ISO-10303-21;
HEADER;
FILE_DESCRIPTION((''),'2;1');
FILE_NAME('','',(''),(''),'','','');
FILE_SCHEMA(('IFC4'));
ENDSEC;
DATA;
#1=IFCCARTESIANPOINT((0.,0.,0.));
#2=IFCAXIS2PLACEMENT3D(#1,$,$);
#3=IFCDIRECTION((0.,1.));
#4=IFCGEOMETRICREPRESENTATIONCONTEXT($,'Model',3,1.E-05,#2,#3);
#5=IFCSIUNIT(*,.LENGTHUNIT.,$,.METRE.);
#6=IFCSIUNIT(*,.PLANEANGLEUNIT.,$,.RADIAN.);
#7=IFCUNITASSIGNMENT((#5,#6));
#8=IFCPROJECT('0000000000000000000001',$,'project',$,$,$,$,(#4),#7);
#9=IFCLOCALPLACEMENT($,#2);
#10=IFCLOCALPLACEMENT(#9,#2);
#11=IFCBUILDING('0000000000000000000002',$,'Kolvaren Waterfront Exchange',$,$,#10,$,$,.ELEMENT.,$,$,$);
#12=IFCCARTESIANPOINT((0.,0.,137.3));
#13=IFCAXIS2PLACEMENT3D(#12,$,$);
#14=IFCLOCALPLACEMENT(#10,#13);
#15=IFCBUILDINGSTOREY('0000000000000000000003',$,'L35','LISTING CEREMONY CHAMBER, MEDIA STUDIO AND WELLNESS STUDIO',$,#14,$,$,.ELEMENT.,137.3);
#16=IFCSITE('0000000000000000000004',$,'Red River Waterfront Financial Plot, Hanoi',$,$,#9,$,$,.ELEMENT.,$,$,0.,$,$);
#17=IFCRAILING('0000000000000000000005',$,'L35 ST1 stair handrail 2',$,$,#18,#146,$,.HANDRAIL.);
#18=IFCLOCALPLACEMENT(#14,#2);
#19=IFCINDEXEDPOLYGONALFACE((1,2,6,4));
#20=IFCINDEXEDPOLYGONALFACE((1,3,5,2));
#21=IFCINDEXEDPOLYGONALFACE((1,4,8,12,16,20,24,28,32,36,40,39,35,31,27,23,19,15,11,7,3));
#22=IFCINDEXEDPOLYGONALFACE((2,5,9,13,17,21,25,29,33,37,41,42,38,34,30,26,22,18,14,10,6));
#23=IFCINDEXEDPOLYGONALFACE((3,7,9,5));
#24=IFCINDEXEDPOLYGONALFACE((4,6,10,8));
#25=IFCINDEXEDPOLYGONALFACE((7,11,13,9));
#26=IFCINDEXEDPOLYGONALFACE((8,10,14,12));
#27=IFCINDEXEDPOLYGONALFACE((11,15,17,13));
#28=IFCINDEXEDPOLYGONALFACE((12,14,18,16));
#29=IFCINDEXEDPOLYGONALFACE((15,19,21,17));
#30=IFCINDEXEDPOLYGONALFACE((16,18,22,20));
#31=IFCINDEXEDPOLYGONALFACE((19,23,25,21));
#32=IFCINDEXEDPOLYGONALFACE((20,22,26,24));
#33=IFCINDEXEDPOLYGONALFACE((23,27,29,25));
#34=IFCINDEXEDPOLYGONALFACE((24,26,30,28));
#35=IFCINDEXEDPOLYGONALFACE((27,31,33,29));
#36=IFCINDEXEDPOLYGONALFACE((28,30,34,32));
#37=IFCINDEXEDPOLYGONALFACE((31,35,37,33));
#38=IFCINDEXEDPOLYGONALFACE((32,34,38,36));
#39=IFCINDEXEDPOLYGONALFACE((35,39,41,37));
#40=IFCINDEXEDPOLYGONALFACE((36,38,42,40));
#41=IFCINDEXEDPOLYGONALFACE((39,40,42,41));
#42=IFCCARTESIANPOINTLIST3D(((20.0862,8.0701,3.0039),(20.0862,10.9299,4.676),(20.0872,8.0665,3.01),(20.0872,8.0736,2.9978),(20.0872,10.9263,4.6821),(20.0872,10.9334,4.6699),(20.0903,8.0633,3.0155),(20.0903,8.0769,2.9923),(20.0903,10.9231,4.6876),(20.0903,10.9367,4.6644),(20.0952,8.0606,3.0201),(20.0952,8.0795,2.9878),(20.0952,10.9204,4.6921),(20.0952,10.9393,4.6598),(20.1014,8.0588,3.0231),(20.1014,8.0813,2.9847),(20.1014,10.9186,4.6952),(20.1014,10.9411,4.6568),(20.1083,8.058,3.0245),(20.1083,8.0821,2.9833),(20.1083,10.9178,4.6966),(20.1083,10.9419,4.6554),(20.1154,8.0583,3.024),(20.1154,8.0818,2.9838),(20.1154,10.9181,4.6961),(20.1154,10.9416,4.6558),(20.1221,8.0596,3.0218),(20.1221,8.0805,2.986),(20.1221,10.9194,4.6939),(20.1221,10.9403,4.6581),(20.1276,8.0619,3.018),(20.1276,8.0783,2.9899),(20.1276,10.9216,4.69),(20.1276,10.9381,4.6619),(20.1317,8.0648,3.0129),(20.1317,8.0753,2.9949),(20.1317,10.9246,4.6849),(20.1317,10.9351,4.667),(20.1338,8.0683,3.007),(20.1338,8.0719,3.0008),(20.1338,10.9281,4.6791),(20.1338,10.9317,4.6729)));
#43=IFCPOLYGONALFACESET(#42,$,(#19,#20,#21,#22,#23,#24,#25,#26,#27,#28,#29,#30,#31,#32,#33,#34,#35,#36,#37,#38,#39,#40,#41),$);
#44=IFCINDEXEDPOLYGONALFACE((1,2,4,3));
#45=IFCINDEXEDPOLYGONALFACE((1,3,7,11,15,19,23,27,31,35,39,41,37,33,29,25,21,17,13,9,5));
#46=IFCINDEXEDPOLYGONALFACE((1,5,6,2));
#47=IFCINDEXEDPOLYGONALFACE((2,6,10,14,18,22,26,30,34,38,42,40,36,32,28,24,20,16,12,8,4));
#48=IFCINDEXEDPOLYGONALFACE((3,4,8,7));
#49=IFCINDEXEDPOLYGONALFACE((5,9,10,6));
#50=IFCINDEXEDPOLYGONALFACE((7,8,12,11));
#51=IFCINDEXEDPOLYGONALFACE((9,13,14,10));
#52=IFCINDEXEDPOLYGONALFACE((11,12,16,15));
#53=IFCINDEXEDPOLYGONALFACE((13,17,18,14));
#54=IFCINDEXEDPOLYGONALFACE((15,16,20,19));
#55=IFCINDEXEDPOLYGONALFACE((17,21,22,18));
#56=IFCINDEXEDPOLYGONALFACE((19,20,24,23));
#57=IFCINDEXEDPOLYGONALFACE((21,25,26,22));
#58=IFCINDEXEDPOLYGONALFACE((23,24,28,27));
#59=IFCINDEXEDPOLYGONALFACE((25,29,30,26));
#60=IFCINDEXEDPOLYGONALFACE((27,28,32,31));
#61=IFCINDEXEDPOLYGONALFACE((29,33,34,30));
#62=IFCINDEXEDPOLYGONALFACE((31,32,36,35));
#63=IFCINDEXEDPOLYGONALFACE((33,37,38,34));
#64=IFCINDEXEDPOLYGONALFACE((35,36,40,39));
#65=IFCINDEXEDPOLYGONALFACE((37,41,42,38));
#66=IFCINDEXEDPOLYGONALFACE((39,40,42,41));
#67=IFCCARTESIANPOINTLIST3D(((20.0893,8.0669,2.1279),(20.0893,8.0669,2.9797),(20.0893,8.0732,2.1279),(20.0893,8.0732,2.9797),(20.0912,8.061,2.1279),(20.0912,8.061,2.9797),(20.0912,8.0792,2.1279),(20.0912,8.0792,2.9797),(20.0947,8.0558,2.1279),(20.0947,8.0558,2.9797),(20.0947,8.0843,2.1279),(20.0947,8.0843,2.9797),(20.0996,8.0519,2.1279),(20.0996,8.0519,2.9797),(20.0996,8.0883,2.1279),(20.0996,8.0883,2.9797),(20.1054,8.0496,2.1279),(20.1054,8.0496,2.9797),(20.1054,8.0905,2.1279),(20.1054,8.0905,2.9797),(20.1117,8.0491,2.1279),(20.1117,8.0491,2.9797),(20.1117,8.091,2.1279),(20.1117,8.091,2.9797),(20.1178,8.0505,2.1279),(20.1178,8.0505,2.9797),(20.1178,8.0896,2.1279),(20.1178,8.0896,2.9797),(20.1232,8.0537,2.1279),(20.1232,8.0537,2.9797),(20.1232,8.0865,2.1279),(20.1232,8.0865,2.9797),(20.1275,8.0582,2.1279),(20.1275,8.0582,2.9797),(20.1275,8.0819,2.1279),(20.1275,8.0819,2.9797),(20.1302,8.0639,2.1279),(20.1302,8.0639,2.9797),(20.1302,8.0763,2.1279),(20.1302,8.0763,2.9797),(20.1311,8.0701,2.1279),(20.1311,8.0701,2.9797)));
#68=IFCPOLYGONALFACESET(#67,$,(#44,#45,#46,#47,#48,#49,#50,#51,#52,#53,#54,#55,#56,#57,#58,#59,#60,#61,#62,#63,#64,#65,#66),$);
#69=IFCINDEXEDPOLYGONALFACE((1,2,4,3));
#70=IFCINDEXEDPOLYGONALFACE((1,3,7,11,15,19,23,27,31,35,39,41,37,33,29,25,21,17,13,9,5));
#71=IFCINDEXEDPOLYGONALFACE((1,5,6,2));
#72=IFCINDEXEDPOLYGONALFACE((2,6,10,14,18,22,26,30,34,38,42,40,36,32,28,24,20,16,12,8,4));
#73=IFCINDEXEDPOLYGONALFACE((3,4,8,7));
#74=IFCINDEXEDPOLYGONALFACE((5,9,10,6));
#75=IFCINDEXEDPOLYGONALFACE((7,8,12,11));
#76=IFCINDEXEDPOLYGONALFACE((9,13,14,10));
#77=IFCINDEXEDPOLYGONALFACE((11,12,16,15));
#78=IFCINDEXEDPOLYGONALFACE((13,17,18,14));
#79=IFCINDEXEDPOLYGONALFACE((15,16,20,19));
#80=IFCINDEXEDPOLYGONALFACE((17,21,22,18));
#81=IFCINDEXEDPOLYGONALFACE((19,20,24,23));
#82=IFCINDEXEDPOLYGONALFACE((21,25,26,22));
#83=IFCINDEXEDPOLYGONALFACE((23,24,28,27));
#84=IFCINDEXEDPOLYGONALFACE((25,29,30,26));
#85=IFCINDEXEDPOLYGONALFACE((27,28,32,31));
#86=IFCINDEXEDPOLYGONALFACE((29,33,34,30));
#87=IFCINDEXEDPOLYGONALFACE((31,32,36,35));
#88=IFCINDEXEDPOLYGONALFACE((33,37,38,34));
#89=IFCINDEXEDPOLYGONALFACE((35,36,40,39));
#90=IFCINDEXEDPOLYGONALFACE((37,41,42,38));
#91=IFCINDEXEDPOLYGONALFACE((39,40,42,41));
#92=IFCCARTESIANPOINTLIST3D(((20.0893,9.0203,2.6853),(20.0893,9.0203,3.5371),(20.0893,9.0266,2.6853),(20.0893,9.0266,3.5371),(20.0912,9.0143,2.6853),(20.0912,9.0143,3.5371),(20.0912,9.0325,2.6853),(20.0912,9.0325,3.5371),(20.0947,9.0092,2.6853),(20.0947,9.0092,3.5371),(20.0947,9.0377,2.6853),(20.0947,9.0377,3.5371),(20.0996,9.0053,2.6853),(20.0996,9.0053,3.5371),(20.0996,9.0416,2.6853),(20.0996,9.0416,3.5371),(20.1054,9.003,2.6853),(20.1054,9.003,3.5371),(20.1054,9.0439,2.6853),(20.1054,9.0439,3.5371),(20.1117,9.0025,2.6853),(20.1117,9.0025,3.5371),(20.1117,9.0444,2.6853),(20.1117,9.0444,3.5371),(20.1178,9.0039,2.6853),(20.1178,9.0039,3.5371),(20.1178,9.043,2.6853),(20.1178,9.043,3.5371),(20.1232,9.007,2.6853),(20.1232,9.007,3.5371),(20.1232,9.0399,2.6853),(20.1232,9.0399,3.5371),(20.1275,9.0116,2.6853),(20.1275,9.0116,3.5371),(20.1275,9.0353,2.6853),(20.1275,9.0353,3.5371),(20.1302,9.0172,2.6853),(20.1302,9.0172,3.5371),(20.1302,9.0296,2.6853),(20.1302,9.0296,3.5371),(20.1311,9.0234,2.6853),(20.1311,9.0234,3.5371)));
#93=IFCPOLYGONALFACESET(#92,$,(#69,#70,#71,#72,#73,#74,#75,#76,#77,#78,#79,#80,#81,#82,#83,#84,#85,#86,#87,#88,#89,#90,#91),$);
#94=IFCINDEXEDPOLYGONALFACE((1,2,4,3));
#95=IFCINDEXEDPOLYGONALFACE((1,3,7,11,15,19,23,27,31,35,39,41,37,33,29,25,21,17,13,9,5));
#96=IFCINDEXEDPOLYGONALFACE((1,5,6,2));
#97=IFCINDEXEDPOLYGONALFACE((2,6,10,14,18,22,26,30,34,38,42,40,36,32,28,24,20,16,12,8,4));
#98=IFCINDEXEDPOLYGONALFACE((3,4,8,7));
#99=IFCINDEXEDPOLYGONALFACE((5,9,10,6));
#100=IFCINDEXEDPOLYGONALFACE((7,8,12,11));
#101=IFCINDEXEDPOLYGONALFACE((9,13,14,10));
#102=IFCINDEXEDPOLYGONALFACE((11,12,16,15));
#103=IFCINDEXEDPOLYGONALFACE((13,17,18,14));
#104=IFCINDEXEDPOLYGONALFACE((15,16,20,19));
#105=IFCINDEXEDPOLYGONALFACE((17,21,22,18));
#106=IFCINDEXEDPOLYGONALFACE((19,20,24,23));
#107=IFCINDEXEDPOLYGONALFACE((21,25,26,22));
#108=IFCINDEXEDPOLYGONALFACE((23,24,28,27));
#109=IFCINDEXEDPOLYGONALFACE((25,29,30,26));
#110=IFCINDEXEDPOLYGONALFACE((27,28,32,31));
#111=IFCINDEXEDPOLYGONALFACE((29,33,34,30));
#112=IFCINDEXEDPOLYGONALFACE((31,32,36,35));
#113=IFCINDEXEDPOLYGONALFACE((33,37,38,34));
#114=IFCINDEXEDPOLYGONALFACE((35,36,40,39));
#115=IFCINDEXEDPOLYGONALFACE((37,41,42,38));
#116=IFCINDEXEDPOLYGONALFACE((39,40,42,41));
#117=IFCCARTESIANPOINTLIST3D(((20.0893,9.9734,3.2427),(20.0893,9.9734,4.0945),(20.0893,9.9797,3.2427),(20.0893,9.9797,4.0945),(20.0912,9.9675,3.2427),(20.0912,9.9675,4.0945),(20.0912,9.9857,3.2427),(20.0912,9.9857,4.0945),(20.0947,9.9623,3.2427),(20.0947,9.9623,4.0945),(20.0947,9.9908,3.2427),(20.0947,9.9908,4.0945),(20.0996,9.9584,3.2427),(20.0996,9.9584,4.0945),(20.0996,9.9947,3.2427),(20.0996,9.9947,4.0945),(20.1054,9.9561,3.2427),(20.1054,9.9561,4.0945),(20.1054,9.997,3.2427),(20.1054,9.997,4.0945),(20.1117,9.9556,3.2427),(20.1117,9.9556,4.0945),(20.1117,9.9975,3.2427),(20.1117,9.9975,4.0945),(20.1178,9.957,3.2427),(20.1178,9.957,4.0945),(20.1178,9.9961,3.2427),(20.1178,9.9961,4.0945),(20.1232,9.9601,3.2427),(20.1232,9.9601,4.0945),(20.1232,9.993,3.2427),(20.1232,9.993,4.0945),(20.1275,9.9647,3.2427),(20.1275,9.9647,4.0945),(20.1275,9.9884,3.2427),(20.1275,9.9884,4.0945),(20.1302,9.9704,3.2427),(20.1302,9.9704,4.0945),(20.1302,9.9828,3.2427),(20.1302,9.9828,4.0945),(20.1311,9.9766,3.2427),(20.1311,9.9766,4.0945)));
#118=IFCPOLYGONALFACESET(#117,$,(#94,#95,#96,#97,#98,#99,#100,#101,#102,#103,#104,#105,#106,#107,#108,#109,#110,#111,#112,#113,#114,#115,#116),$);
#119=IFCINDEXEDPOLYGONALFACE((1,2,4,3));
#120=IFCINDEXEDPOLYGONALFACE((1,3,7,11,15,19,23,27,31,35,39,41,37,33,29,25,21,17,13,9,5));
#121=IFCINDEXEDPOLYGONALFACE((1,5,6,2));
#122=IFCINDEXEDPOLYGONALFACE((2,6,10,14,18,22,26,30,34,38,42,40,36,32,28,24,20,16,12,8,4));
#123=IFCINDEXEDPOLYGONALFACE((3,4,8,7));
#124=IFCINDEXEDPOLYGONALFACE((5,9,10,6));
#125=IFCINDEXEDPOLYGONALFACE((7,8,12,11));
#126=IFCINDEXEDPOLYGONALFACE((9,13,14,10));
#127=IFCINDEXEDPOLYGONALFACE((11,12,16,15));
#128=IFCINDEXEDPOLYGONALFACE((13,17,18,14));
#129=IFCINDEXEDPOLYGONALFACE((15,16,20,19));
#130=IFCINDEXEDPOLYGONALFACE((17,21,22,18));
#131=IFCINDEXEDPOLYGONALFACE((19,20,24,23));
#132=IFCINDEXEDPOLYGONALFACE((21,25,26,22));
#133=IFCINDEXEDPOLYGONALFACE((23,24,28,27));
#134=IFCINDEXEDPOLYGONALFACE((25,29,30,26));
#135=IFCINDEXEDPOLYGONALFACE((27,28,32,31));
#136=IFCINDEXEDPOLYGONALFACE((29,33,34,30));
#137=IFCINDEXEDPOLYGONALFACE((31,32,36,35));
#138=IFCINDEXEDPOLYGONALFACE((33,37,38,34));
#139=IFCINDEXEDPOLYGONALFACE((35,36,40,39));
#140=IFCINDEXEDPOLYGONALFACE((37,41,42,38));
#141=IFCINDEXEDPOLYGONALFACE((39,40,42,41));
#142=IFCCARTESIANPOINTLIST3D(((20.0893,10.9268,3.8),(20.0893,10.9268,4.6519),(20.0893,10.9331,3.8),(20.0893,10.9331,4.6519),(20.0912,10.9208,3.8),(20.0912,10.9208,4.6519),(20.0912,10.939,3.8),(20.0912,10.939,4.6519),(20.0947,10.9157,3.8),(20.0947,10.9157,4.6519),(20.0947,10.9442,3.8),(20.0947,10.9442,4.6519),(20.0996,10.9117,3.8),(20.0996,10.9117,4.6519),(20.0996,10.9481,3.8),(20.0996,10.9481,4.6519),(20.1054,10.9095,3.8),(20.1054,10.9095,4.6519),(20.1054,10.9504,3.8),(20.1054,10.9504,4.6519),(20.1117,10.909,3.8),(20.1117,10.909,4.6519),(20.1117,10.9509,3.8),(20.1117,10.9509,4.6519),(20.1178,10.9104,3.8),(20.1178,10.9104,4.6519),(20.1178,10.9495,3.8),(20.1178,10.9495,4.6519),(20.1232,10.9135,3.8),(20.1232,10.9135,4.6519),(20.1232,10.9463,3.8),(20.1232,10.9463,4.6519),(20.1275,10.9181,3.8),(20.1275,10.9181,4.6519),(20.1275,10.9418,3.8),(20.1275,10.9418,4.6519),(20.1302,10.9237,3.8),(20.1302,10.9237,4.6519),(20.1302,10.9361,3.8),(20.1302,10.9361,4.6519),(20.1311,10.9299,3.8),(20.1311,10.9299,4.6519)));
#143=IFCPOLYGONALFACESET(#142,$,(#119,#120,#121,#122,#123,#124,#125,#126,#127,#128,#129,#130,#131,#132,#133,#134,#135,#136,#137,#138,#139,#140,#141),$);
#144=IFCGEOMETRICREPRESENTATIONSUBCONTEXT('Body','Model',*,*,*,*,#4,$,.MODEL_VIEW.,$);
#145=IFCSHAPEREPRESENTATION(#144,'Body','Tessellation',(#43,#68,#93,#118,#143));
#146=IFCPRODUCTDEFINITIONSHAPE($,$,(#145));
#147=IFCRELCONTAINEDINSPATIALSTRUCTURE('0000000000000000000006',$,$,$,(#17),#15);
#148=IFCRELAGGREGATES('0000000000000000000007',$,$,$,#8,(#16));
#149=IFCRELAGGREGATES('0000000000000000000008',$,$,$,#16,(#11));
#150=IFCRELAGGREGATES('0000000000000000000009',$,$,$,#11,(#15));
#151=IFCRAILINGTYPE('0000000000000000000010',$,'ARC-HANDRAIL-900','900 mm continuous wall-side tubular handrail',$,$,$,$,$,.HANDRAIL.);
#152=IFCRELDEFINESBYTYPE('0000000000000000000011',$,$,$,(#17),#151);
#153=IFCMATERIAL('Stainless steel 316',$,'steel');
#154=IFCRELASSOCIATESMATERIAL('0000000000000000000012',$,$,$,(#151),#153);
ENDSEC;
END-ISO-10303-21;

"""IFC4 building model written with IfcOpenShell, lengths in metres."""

from ifc_helpers import new_model, si_unit, direction, frame, origin, origin_2d, place, context, subcontext, project, spatial, circle, extrude, material, type_object, element, save


model = new_model("IFC4")

# Units and contexts
model_context = context("Model", 3, precision=1e-05, world=origin(), true_north=direction((0.0, 1.0)))
body_context = subcontext(model_context, "Body", "Model", "MODEL_VIEW")
ifc_project = project(units=[si_unit("LENGTHUNIT", "METRE"), si_unit("PLANEANGLEUNIT", "RADIAN")], contexts=[model_context])

# Site, building, storey
site_placement = place(None, origin())
site = spatial("IfcSite", under=ifc_project, at=site_placement, Name="Red River Waterfront Financial Plot, Hanoi", CompositionType="ELEMENT", RefElevation=0.0)
building_placement = place(site_placement, origin())
building = spatial("IfcBuilding", under=site, at=building_placement, Name="Kolvaren Waterfront Exchange", CompositionType="ELEMENT")
storey_placement = place(building_placement, frame((0.0, 0.0, 137.3)))
storey = spatial("IfcBuildingStorey", under=building, at=storey_placement, Name="L35", Description="LISTING CEREMONY CHAMBER, MEDIA STUDIO AND WELLNESS STUDIO", CompositionType="ELEMENT", Elevation=137.3)

# Railing
ifc_material_1 = material(Name="Stainless steel 316", Category="steel")
railing_type_1 = type_object("IfcRailingType", Name="ARC-HANDRAIL-900", Description="900 mm continuous wall-side tubular handrail", PredefinedType="HANDRAIL", material=ifc_material_1)
railing_1_placement = place(storey_placement, frame((20.1101, 8.0701, 2.1279)))
element("IfcRailing", 1, at=railing_1_placement, inside=storey, type_object=railing_type_1, Name="L35 ST1 stair handrail 2", PredefinedType="HANDRAIL", context=body_context, shape_type="SweptSolid", body=[
    extrude(circle(Radius=0.0239, at=origin_2d()), frame((0.0, 0.0, 0.876), z_axis=(0.0, 0.863271, 0.504741), x_axis=(-1.0, 0.0, 0.0)), (0.0, 0.0, 1.0), 3.3127),
    extrude(circle(Radius=0.021, at=origin_2d()), origin(), (0.0, 0.0, 1.0), 0.8518),
    extrude(circle(Radius=0.021, at=origin_2d()), frame((0.0, 0.9534, 0.5574)), (0.0, 0.0, 1.0), 0.8518),
    extrude(circle(Radius=0.021, at=origin_2d()), frame((0.0, 1.9065, 1.1147)), (0.0, 0.0, 1.0), 0.8518),
    extrude(circle(Radius=0.021, at=origin_2d()), frame((0.0, 2.8599, 1.6721)), (0.0, 0.0, 1.0), 0.8518),
])

save(model, "model.ifc")
